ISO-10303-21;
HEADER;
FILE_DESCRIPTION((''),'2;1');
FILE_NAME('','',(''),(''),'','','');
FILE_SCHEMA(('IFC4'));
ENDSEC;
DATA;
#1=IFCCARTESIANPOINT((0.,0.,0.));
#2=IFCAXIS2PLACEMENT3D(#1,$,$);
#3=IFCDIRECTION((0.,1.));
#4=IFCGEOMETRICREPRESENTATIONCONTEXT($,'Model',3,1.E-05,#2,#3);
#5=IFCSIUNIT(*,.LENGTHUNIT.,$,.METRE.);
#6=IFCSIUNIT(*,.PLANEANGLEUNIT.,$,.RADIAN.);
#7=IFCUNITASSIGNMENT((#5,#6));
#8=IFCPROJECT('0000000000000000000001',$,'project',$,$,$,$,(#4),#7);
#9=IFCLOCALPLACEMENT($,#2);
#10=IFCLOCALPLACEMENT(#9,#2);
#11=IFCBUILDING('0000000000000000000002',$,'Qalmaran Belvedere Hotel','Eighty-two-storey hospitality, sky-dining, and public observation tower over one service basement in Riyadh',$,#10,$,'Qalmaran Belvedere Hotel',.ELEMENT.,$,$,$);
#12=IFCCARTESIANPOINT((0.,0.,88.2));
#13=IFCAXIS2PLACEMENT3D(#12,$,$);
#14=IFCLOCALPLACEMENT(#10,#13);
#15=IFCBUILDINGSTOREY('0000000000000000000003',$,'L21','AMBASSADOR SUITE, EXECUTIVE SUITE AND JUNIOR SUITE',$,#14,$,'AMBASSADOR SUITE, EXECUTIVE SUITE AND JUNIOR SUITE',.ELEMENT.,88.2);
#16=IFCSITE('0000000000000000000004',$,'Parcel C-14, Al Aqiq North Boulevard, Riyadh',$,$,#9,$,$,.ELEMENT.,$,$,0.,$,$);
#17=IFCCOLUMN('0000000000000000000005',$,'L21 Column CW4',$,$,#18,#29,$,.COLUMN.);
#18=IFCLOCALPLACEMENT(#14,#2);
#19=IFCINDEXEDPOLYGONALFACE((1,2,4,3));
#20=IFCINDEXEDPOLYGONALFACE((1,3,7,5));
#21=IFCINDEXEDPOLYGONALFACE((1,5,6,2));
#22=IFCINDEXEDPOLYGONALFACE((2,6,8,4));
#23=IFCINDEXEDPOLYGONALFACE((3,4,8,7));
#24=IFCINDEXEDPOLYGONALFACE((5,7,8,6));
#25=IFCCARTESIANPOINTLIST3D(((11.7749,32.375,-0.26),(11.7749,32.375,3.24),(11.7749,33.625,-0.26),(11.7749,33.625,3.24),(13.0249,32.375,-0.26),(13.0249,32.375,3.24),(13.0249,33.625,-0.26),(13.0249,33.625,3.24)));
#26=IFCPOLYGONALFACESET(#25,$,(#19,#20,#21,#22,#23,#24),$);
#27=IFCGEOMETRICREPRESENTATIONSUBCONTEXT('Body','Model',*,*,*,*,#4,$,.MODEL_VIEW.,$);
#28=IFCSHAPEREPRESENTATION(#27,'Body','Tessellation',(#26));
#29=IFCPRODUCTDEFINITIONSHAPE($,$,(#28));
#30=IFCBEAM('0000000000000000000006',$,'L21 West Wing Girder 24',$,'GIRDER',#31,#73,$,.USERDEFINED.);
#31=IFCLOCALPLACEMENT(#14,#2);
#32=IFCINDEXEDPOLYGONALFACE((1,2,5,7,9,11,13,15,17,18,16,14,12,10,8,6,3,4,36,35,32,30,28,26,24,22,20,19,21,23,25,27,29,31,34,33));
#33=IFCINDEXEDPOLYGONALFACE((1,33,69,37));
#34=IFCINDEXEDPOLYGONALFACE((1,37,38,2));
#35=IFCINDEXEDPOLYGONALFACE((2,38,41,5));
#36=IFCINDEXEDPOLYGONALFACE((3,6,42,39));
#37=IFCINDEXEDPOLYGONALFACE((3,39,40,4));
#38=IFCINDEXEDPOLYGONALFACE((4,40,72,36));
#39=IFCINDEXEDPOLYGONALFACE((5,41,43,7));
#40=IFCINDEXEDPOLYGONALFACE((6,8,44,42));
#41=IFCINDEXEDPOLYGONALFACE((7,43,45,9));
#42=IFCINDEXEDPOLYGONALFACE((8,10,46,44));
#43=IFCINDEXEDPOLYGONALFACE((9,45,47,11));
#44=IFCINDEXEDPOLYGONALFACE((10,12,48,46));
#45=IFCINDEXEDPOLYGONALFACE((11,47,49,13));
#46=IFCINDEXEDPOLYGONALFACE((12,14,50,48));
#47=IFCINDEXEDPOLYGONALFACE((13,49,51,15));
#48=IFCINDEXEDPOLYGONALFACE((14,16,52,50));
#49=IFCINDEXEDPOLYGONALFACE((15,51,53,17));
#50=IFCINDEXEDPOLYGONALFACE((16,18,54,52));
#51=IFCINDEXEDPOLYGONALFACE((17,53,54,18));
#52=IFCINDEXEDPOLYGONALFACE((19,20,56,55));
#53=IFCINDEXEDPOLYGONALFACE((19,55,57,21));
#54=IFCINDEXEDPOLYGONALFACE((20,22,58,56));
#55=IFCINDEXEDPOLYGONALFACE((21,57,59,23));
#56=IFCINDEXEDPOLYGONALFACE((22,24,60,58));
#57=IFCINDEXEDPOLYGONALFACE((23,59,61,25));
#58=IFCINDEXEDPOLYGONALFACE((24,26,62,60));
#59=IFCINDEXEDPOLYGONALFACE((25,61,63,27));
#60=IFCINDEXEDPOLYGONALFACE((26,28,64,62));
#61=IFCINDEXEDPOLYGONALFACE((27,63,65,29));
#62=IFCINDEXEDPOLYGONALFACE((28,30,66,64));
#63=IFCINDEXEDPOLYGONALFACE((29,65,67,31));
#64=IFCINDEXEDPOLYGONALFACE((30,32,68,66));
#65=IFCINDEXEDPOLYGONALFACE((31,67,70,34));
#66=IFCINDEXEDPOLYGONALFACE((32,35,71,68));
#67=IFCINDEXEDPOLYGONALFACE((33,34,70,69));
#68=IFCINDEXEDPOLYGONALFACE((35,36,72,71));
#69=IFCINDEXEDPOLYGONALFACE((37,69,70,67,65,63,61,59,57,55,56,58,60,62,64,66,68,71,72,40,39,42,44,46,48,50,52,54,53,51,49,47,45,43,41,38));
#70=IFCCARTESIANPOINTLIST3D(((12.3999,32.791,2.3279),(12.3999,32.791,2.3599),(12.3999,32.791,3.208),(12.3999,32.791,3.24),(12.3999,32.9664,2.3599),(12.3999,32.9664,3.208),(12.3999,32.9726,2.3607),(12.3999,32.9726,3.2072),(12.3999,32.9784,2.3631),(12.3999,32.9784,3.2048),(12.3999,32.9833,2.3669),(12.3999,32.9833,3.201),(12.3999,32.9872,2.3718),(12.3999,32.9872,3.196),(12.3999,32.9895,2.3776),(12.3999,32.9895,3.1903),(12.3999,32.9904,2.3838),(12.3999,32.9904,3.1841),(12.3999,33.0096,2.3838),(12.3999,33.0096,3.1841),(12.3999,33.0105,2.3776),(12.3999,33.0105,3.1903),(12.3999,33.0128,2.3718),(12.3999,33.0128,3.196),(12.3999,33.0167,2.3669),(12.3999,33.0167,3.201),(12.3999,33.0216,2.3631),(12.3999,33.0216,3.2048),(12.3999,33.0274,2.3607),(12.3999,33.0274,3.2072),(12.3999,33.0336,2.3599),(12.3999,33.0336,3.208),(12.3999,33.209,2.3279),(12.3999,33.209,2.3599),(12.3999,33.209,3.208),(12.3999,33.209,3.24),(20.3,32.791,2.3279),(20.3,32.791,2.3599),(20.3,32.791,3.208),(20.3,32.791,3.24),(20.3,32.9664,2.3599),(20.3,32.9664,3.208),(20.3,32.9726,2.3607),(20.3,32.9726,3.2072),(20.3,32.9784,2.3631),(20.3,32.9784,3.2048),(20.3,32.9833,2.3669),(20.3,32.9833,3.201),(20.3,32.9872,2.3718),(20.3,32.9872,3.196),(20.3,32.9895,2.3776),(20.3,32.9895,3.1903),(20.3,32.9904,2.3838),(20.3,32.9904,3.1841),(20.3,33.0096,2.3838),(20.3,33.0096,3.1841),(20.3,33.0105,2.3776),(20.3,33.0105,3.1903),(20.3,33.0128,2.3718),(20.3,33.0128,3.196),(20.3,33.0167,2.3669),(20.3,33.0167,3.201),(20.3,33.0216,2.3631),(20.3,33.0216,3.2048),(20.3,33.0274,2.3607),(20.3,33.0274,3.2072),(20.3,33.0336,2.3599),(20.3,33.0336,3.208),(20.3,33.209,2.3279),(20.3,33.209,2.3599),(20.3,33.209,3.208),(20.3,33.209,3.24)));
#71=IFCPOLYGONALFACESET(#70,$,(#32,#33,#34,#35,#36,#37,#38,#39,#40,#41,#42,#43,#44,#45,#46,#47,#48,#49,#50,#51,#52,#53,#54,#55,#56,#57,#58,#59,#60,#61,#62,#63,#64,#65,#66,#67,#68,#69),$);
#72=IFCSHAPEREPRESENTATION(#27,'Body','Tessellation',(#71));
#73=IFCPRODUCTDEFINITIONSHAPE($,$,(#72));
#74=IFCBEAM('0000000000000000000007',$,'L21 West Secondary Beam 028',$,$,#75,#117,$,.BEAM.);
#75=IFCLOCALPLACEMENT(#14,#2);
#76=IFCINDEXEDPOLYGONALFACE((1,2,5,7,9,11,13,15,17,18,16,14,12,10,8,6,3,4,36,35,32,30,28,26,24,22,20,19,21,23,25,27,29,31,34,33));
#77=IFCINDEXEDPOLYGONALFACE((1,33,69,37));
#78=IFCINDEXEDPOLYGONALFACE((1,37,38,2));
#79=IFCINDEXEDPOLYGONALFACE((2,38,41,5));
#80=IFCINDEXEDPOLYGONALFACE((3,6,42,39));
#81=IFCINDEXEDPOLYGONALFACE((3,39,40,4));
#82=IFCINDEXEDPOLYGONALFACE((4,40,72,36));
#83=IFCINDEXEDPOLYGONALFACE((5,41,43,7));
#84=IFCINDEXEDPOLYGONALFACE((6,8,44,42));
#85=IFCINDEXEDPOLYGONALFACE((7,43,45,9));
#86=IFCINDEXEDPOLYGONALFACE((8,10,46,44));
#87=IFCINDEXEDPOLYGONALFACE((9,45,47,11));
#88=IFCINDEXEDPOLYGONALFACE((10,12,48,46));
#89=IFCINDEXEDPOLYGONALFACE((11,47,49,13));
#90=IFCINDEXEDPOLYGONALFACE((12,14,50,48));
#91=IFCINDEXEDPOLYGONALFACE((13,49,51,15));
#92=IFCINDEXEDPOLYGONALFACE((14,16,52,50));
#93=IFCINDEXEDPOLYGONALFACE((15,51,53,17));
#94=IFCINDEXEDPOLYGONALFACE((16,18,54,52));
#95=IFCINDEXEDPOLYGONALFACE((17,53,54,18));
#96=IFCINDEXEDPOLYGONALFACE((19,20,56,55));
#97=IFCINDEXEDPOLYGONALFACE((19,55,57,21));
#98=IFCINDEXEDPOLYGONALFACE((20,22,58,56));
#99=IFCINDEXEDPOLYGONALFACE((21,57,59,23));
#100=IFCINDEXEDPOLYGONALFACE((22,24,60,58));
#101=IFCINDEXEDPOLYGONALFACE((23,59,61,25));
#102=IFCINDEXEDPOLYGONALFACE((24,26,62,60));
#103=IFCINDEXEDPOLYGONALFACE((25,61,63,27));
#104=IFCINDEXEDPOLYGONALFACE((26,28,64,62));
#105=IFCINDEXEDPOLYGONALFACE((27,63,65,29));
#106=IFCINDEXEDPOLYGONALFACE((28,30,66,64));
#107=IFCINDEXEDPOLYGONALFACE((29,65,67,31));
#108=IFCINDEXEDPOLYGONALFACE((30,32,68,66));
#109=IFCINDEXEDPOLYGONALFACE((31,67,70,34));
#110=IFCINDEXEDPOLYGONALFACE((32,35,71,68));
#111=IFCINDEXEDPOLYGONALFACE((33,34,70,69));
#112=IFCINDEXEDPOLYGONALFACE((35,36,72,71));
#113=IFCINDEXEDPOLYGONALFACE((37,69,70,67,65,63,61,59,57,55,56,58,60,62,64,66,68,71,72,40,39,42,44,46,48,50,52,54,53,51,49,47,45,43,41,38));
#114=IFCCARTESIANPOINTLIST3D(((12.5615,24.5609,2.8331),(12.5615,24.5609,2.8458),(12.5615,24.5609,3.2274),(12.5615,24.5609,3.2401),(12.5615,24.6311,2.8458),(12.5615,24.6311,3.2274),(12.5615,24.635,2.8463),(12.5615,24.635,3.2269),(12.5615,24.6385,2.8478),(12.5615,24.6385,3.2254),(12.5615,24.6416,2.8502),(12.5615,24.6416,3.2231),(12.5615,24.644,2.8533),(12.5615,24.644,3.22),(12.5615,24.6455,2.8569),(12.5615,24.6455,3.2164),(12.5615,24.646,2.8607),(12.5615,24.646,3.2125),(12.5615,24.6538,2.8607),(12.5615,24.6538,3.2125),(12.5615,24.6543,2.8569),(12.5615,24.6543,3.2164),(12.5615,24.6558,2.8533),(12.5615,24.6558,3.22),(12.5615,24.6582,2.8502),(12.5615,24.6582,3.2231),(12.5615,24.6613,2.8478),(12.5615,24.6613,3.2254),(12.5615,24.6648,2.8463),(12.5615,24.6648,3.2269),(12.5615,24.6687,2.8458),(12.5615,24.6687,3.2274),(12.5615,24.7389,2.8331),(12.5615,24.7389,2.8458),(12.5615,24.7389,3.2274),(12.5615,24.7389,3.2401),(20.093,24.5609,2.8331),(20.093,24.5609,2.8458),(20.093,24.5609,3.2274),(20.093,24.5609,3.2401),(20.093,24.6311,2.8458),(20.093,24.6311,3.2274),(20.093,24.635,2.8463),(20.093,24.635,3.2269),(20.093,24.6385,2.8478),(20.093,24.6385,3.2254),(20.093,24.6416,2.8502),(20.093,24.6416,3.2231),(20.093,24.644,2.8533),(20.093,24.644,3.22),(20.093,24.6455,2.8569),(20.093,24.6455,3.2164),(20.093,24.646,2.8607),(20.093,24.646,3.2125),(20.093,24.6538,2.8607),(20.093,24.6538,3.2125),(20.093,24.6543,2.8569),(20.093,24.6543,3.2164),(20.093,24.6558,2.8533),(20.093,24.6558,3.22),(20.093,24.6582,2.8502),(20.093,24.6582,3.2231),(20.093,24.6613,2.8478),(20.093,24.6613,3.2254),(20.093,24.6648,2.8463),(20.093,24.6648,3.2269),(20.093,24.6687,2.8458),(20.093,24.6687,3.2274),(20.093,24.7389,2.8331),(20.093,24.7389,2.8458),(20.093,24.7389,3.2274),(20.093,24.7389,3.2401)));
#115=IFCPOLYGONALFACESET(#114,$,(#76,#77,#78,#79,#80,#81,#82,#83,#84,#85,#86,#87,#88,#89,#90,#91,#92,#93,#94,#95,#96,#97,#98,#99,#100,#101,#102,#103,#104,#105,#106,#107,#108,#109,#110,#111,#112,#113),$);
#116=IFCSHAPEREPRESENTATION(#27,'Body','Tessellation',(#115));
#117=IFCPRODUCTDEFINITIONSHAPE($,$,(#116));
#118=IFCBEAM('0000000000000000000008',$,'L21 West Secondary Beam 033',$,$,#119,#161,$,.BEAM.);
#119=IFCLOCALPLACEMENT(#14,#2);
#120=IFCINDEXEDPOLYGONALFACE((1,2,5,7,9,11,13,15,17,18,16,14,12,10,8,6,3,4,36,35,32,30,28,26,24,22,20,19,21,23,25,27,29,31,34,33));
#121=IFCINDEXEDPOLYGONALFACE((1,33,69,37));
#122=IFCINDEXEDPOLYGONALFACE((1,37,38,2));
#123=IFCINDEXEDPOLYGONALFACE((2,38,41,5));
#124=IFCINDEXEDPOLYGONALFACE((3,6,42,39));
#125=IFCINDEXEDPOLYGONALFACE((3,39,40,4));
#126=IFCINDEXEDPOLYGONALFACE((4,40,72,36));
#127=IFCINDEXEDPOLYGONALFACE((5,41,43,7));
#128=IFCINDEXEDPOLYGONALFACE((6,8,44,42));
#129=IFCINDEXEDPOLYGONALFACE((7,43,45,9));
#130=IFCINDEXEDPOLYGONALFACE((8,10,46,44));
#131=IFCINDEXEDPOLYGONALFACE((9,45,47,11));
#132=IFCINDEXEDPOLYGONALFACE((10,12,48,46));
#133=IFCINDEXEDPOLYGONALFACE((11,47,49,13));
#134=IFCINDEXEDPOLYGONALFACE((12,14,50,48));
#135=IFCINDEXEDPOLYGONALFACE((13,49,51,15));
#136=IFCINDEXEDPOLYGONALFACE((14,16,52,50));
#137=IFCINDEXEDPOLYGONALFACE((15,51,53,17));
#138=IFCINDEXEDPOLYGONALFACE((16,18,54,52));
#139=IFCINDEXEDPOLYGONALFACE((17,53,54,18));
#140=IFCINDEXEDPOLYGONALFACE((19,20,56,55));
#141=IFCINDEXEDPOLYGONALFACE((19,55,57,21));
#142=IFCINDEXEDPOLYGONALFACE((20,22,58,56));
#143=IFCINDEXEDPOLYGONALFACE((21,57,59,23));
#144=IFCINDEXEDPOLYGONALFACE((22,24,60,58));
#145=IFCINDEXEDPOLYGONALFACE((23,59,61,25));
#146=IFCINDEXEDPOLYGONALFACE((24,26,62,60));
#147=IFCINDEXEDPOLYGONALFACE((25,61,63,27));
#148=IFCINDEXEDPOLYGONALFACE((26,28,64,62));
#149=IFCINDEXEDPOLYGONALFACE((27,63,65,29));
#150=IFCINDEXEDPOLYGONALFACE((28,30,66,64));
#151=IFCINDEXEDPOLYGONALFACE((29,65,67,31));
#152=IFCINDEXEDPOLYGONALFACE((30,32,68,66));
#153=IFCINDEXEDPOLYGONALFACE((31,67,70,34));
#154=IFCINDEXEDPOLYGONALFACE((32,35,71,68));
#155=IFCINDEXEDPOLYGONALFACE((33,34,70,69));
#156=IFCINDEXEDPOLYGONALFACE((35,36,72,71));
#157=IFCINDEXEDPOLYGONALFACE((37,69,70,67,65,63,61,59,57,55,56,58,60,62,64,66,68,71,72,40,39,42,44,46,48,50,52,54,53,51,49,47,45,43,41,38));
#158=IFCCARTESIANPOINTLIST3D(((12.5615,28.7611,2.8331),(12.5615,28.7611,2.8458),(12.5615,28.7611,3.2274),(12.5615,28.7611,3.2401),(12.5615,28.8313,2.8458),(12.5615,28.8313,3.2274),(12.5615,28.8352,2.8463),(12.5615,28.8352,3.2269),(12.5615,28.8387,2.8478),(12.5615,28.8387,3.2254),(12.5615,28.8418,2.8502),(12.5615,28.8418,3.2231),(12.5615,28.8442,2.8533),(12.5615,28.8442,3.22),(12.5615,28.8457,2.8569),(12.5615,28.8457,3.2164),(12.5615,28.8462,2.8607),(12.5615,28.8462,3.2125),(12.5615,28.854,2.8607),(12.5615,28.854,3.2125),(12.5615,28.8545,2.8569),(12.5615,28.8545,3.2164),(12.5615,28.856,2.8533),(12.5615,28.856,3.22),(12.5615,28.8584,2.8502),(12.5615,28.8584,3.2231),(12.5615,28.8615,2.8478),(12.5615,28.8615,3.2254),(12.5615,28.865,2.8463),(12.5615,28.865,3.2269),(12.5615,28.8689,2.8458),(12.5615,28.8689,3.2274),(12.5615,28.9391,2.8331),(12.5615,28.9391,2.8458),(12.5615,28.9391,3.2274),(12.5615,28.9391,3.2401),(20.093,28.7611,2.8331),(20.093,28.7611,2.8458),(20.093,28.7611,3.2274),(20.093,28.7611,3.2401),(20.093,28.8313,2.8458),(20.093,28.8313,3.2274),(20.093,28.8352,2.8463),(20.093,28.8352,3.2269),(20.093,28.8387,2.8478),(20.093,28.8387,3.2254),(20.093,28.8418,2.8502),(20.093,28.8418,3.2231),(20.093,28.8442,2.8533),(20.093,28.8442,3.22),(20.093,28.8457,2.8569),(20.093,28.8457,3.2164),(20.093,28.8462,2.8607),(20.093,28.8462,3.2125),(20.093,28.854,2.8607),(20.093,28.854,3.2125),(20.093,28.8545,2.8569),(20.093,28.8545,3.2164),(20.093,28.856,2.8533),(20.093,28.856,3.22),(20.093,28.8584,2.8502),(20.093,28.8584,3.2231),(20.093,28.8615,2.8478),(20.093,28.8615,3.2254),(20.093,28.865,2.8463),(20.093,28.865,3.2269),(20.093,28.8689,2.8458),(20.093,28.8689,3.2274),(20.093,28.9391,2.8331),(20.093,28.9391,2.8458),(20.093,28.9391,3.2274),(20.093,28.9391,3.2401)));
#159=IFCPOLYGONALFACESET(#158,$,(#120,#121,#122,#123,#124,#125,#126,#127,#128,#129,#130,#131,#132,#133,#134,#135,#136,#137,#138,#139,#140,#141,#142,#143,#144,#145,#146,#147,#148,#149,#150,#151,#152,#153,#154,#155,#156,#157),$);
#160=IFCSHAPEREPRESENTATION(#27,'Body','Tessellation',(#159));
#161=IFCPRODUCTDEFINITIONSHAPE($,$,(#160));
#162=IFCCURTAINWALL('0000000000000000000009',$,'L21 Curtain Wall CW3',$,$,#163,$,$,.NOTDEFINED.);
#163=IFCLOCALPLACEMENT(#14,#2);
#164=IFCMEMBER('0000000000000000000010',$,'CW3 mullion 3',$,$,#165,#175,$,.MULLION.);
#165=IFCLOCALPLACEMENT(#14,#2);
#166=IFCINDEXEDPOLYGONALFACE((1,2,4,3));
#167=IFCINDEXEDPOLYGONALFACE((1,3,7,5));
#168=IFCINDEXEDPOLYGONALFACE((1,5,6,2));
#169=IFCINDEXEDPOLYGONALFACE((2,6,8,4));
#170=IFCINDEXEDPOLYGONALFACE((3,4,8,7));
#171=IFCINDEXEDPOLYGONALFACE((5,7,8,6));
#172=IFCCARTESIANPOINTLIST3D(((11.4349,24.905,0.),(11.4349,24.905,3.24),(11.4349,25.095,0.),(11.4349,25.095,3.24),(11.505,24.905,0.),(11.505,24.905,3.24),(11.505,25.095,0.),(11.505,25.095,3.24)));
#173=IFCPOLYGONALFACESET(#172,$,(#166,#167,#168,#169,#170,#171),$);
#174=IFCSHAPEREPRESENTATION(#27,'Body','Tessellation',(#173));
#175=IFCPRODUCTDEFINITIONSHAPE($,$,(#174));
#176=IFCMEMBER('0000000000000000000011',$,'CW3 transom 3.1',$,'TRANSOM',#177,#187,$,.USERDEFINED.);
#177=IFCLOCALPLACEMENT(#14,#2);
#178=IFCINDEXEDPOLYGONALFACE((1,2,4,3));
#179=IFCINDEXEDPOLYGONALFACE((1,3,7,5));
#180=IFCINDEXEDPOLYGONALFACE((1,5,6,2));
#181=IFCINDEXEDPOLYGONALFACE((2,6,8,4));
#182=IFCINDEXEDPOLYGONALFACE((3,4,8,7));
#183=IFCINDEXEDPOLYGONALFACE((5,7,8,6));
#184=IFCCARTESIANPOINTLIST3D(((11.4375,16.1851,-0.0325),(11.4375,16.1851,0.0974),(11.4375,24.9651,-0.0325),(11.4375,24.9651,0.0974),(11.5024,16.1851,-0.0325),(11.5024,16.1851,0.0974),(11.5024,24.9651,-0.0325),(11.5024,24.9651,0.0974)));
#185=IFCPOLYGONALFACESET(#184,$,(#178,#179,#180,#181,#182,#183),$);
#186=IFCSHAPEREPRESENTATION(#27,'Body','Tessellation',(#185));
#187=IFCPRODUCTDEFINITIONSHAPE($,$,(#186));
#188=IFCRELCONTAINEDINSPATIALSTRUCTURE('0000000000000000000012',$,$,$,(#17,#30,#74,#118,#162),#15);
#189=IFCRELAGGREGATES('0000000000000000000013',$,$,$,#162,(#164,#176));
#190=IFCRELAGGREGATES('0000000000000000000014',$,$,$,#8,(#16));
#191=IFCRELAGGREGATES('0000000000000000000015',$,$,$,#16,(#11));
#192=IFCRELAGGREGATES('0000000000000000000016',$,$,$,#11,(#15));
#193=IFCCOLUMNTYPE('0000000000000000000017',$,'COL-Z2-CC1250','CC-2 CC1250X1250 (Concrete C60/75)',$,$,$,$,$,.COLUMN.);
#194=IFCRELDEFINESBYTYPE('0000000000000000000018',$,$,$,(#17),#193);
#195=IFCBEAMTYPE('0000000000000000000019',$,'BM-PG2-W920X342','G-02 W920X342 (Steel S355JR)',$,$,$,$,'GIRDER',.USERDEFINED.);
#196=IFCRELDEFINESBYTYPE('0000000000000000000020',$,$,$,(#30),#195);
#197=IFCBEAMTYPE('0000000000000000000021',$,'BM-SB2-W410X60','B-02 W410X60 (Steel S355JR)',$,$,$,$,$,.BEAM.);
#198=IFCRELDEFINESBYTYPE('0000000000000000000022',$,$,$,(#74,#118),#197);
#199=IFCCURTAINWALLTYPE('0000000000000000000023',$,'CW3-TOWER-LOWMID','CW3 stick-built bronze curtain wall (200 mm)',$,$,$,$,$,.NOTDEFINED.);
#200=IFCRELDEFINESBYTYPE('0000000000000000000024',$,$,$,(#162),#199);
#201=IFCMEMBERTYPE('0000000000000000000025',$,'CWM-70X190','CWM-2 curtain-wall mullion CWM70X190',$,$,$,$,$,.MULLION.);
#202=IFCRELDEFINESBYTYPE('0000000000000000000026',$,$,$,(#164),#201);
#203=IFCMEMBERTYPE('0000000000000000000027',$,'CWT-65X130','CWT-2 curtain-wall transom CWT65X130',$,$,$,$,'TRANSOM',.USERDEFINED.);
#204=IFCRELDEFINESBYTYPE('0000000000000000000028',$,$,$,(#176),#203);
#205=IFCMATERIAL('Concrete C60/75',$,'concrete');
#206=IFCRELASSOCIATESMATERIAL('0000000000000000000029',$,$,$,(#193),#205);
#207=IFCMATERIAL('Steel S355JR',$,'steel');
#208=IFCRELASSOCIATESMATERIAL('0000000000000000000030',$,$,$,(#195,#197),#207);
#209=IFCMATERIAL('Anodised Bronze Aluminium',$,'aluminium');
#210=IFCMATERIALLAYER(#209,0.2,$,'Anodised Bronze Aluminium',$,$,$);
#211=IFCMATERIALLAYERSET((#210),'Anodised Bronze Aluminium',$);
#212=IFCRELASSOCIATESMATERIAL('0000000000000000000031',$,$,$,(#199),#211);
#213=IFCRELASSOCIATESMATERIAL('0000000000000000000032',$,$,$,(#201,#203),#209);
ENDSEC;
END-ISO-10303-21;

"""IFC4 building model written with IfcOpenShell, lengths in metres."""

from ifc_helpers import new_model, si_unit, direction, frame, origin, origin_2d, place, context, subcontext, project, spatial, rectangle, i_section, extrude, material, layer, layer_set, material_profile, profile_set, type_object, element, aggregate, save


model = new_model("IFC4")

# Units and contexts
model_context = context("Model", 3, precision=1e-05, world=origin(), true_north=direction((0.0, 1.0)))
body_context = subcontext(model_context, "Body", "Model", "MODEL_VIEW")
ifc_project = project(units=[si_unit("LENGTHUNIT", "METRE"), si_unit("PLANEANGLEUNIT", "RADIAN")], contexts=[model_context])

# Site, building, storey
site_placement = place(None, origin())
site = spatial("IfcSite", under=ifc_project, at=site_placement, Name="Parcel C-14, Al Aqiq North Boulevard, Riyadh", CompositionType="ELEMENT", RefElevation=0.0)
building_placement = place(site_placement, origin())
building = spatial("IfcBuilding", under=site, at=building_placement, Name="Qalmaran Belvedere Hotel", Description="Eighty-two-storey hospitality, sky-dining, and public observation tower over one service basement in Riyadh", LongName="Qalmaran Belvedere Hotel", CompositionType="ELEMENT")
storey_placement = place(building_placement, frame((0.0, 0.0, 88.2)))
storey = spatial("IfcBuildingStorey", under=building, at=storey_placement, Name="L21", Description="AMBASSADOR SUITE, EXECUTIVE SUITE AND JUNIOR SUITE", LongName="AMBASSADOR SUITE, EXECUTIVE SUITE AND JUNIOR SUITE", CompositionType="ELEMENT", Elevation=88.2)

# Column
ifc_material_1 = material(Name="Concrete C60/75", Category="concrete")
ifc_material_profile_1 = material_profile(ifc_material_1, rectangle(XDim=1.25, YDim=1.25, at=origin_2d()), Name="CC1250X1250")
ifc_profile_set_1 = profile_set([ifc_material_profile_1], Name="Concrete C60/75")
column_type = type_object("IfcColumnType", Name="COL-Z2-CC1250", Description="CC-2 CC1250X1250 (Concrete C60/75)", PredefinedType="COLUMN", material=ifc_profile_set_1)
column_placement = place(storey_placement, frame((12.3999, 33.0, -0.26), z_axis=(0.0, 0.0, 1.0), x_axis=(1.0, 0.0, 0.0)))
element("IfcColumn", 1, at=column_placement, inside=storey, type_object=column_type, Name="L21 Column CW4", PredefinedType="COLUMN", context=body_context, shape_type="SweptSolid", body=[
    extrude(rectangle(XDim=1.25, YDim=1.25, at=origin_2d()), origin(), (0.0, 0.0, 1.0), 3.5),
])

# Beams
ifc_material_2 = material(Name="Steel S355JR", Category="steel")
ifc_material_profile_2 = material_profile(ifc_material_2, i_section(OverallWidth=0.418, OverallDepth=0.9121, WebThickness=0.0193, FlangeThickness=0.032, FilletRadius=0.0239, at=origin_2d()), Name="W920X342")
ifc_profile_set_2 = profile_set([ifc_material_profile_2], Name="Steel S355JR")
beam_type_1 = type_object("IfcBeamType", Name="BM-PG2-W920X342", Description="G-02 W920X342 (Steel S355JR)", ElementType="GIRDER", PredefinedType="USERDEFINED", material=ifc_profile_set_2)
beam_placement = place(storey_placement, frame((12.3999, 33.0, 2.7839), z_axis=(1.0, 0.0, 0.0), x_axis=(0.0, 1.0, 0.0)))
element("IfcBeam", 2, at=beam_placement, inside=storey, type_object=beam_type_1, Name="L21 West Wing Girder 24", ObjectType="GIRDER", PredefinedType="USERDEFINED", context=body_context, shape_type="SweptSolid", body=[
    extrude(i_section(OverallWidth=0.418, OverallDepth=0.9121, WebThickness=0.0193, FlangeThickness=0.032, FilletRadius=0.0239, at=origin_2d()), origin(), (0.0, 0.0, 1.0), 7.9001),
])
ifc_material_profile_3 = material_profile(ifc_material_2, i_section(OverallWidth=0.178, OverallDepth=0.407, WebThickness=0.0078, FlangeThickness=0.0127, FilletRadius=0.0149, at=origin_2d()), Name="W410X60")
ifc_profile_set_3 = profile_set([ifc_material_profile_3], Name="Steel S355JR")
beam_type_2 = type_object("IfcBeamType", Name="BM-SB2-W410X60", Description="B-02 W410X60 (Steel S355JR)", PredefinedType="BEAM", material=ifc_profile_set_3)
for number, where, z_axis, x_axis, name in (
    (3, (12.5615, 24.6499, 3.0366), (1.0, 0.0, 0.0), (0.0, 1.0, 0.0), "L21 West Secondary Beam 028"),
    (4, (12.5615, 28.8501, 3.0366), (1.0, 0.0, 0.0), (0.0, 1.0, 0.0), "L21 West Secondary Beam 033"),
):
    element("IfcBeam", number, at=place(storey_placement, frame(where, z_axis=z_axis, x_axis=x_axis)), inside=storey, type_object=beam_type_2, Name=name, PredefinedType="BEAM", context=body_context, shape_type="SweptSolid", body=[
        extrude(i_section(OverallWidth=0.178, OverallDepth=0.407, WebThickness=0.0078, FlangeThickness=0.0127, FilletRadius=0.0149, at=origin_2d()), origin(), (0.0, 0.0, 1.0), 7.5315),
    ])

# Curtain wall, members
ifc_material_3 = material(Name="Anodised Bronze Aluminium", Category="aluminium")
ifc_layer_1 = layer(ifc_material_3, 0.2, Name="Anodised Bronze Aluminium")
ifc_layer_set_1 = layer_set([ifc_layer_1], Name="Anodised Bronze Aluminium")
curtain_wall_type = type_object("IfcCurtainWallType", Name="CW3-TOWER-LOWMID", Description="CW3 stick-built bronze curtain wall (200 mm)", PredefinedType="NOTDEFINED", material=ifc_layer_set_1)
curtain_wall_placement = place(storey_placement, origin())
curtain_wall = element("IfcCurtainWall", 5, at=curtain_wall_placement, inside=storey, type_object=curtain_wall_type, Name="L21 Curtain Wall CW3", PredefinedType="NOTDEFINED")
ifc_material_profile_4 = material_profile(ifc_material_3, rectangle(XDim=0.0701, YDim=0.1899, at=origin_2d()), Name="CWM70X190")
ifc_profile_set_4 = profile_set([ifc_material_profile_4], Name="Anodised Bronze Aluminium")
member_type_1 = type_object("IfcMemberType", Name="CWM-70X190", Description="CWM-2 curtain-wall mullion CWM70X190", PredefinedType="MULLION", material=ifc_profile_set_4)
member_1_placement = place(storey_placement, frame((11.47, 25.0, 0.0), z_axis=(0.0, 0.0, 1.0), x_axis=(1.0, 0.0, 0.0)))
member_1 = element("IfcMember", 6, at=member_1_placement, type_object=member_type_1, Name="CW3 mullion 3", PredefinedType="MULLION", context=body_context, shape_type="SweptSolid", body=[
    extrude(rectangle(XDim=0.0701, YDim=0.1899, at=origin_2d()), origin(), (0.0, 0.0, 1.0), 3.24),
])
ifc_material_profile_5 = material_profile(ifc_material_3, rectangle(XDim=0.0649, YDim=0.1299, at=origin_2d()), Name="CWT65X130")
ifc_profile_set_5 = profile_set([ifc_material_profile_5], Name="Anodised Bronze Aluminium")
member_type_2 = type_object("IfcMemberType", Name="CWT-65X130", Description="CWT-2 curtain-wall transom CWT65X130", ElementType="TRANSOM", PredefinedType="USERDEFINED", material=ifc_profile_set_5)
member_2_placement = place(storey_placement, frame((11.47, 24.9651, 0.0325), z_axis=(0.0, -1.0, 0.0), x_axis=(1.0, 0.0, 0.0)))
member_2 = element("IfcMember", 7, at=member_2_placement, type_object=member_type_2, Name="CW3 transom 3.1", ObjectType="TRANSOM", PredefinedType="USERDEFINED", context=body_context, shape_type="SweptSolid", body=[
    extrude(rectangle(XDim=0.0649, YDim=0.1299, at=origin_2d()), origin(), (0.0, 0.0, 1.0), 8.78),
])
aggregate(curtain_wall, [member_1, member_2])

save(model, "model.ifc")
